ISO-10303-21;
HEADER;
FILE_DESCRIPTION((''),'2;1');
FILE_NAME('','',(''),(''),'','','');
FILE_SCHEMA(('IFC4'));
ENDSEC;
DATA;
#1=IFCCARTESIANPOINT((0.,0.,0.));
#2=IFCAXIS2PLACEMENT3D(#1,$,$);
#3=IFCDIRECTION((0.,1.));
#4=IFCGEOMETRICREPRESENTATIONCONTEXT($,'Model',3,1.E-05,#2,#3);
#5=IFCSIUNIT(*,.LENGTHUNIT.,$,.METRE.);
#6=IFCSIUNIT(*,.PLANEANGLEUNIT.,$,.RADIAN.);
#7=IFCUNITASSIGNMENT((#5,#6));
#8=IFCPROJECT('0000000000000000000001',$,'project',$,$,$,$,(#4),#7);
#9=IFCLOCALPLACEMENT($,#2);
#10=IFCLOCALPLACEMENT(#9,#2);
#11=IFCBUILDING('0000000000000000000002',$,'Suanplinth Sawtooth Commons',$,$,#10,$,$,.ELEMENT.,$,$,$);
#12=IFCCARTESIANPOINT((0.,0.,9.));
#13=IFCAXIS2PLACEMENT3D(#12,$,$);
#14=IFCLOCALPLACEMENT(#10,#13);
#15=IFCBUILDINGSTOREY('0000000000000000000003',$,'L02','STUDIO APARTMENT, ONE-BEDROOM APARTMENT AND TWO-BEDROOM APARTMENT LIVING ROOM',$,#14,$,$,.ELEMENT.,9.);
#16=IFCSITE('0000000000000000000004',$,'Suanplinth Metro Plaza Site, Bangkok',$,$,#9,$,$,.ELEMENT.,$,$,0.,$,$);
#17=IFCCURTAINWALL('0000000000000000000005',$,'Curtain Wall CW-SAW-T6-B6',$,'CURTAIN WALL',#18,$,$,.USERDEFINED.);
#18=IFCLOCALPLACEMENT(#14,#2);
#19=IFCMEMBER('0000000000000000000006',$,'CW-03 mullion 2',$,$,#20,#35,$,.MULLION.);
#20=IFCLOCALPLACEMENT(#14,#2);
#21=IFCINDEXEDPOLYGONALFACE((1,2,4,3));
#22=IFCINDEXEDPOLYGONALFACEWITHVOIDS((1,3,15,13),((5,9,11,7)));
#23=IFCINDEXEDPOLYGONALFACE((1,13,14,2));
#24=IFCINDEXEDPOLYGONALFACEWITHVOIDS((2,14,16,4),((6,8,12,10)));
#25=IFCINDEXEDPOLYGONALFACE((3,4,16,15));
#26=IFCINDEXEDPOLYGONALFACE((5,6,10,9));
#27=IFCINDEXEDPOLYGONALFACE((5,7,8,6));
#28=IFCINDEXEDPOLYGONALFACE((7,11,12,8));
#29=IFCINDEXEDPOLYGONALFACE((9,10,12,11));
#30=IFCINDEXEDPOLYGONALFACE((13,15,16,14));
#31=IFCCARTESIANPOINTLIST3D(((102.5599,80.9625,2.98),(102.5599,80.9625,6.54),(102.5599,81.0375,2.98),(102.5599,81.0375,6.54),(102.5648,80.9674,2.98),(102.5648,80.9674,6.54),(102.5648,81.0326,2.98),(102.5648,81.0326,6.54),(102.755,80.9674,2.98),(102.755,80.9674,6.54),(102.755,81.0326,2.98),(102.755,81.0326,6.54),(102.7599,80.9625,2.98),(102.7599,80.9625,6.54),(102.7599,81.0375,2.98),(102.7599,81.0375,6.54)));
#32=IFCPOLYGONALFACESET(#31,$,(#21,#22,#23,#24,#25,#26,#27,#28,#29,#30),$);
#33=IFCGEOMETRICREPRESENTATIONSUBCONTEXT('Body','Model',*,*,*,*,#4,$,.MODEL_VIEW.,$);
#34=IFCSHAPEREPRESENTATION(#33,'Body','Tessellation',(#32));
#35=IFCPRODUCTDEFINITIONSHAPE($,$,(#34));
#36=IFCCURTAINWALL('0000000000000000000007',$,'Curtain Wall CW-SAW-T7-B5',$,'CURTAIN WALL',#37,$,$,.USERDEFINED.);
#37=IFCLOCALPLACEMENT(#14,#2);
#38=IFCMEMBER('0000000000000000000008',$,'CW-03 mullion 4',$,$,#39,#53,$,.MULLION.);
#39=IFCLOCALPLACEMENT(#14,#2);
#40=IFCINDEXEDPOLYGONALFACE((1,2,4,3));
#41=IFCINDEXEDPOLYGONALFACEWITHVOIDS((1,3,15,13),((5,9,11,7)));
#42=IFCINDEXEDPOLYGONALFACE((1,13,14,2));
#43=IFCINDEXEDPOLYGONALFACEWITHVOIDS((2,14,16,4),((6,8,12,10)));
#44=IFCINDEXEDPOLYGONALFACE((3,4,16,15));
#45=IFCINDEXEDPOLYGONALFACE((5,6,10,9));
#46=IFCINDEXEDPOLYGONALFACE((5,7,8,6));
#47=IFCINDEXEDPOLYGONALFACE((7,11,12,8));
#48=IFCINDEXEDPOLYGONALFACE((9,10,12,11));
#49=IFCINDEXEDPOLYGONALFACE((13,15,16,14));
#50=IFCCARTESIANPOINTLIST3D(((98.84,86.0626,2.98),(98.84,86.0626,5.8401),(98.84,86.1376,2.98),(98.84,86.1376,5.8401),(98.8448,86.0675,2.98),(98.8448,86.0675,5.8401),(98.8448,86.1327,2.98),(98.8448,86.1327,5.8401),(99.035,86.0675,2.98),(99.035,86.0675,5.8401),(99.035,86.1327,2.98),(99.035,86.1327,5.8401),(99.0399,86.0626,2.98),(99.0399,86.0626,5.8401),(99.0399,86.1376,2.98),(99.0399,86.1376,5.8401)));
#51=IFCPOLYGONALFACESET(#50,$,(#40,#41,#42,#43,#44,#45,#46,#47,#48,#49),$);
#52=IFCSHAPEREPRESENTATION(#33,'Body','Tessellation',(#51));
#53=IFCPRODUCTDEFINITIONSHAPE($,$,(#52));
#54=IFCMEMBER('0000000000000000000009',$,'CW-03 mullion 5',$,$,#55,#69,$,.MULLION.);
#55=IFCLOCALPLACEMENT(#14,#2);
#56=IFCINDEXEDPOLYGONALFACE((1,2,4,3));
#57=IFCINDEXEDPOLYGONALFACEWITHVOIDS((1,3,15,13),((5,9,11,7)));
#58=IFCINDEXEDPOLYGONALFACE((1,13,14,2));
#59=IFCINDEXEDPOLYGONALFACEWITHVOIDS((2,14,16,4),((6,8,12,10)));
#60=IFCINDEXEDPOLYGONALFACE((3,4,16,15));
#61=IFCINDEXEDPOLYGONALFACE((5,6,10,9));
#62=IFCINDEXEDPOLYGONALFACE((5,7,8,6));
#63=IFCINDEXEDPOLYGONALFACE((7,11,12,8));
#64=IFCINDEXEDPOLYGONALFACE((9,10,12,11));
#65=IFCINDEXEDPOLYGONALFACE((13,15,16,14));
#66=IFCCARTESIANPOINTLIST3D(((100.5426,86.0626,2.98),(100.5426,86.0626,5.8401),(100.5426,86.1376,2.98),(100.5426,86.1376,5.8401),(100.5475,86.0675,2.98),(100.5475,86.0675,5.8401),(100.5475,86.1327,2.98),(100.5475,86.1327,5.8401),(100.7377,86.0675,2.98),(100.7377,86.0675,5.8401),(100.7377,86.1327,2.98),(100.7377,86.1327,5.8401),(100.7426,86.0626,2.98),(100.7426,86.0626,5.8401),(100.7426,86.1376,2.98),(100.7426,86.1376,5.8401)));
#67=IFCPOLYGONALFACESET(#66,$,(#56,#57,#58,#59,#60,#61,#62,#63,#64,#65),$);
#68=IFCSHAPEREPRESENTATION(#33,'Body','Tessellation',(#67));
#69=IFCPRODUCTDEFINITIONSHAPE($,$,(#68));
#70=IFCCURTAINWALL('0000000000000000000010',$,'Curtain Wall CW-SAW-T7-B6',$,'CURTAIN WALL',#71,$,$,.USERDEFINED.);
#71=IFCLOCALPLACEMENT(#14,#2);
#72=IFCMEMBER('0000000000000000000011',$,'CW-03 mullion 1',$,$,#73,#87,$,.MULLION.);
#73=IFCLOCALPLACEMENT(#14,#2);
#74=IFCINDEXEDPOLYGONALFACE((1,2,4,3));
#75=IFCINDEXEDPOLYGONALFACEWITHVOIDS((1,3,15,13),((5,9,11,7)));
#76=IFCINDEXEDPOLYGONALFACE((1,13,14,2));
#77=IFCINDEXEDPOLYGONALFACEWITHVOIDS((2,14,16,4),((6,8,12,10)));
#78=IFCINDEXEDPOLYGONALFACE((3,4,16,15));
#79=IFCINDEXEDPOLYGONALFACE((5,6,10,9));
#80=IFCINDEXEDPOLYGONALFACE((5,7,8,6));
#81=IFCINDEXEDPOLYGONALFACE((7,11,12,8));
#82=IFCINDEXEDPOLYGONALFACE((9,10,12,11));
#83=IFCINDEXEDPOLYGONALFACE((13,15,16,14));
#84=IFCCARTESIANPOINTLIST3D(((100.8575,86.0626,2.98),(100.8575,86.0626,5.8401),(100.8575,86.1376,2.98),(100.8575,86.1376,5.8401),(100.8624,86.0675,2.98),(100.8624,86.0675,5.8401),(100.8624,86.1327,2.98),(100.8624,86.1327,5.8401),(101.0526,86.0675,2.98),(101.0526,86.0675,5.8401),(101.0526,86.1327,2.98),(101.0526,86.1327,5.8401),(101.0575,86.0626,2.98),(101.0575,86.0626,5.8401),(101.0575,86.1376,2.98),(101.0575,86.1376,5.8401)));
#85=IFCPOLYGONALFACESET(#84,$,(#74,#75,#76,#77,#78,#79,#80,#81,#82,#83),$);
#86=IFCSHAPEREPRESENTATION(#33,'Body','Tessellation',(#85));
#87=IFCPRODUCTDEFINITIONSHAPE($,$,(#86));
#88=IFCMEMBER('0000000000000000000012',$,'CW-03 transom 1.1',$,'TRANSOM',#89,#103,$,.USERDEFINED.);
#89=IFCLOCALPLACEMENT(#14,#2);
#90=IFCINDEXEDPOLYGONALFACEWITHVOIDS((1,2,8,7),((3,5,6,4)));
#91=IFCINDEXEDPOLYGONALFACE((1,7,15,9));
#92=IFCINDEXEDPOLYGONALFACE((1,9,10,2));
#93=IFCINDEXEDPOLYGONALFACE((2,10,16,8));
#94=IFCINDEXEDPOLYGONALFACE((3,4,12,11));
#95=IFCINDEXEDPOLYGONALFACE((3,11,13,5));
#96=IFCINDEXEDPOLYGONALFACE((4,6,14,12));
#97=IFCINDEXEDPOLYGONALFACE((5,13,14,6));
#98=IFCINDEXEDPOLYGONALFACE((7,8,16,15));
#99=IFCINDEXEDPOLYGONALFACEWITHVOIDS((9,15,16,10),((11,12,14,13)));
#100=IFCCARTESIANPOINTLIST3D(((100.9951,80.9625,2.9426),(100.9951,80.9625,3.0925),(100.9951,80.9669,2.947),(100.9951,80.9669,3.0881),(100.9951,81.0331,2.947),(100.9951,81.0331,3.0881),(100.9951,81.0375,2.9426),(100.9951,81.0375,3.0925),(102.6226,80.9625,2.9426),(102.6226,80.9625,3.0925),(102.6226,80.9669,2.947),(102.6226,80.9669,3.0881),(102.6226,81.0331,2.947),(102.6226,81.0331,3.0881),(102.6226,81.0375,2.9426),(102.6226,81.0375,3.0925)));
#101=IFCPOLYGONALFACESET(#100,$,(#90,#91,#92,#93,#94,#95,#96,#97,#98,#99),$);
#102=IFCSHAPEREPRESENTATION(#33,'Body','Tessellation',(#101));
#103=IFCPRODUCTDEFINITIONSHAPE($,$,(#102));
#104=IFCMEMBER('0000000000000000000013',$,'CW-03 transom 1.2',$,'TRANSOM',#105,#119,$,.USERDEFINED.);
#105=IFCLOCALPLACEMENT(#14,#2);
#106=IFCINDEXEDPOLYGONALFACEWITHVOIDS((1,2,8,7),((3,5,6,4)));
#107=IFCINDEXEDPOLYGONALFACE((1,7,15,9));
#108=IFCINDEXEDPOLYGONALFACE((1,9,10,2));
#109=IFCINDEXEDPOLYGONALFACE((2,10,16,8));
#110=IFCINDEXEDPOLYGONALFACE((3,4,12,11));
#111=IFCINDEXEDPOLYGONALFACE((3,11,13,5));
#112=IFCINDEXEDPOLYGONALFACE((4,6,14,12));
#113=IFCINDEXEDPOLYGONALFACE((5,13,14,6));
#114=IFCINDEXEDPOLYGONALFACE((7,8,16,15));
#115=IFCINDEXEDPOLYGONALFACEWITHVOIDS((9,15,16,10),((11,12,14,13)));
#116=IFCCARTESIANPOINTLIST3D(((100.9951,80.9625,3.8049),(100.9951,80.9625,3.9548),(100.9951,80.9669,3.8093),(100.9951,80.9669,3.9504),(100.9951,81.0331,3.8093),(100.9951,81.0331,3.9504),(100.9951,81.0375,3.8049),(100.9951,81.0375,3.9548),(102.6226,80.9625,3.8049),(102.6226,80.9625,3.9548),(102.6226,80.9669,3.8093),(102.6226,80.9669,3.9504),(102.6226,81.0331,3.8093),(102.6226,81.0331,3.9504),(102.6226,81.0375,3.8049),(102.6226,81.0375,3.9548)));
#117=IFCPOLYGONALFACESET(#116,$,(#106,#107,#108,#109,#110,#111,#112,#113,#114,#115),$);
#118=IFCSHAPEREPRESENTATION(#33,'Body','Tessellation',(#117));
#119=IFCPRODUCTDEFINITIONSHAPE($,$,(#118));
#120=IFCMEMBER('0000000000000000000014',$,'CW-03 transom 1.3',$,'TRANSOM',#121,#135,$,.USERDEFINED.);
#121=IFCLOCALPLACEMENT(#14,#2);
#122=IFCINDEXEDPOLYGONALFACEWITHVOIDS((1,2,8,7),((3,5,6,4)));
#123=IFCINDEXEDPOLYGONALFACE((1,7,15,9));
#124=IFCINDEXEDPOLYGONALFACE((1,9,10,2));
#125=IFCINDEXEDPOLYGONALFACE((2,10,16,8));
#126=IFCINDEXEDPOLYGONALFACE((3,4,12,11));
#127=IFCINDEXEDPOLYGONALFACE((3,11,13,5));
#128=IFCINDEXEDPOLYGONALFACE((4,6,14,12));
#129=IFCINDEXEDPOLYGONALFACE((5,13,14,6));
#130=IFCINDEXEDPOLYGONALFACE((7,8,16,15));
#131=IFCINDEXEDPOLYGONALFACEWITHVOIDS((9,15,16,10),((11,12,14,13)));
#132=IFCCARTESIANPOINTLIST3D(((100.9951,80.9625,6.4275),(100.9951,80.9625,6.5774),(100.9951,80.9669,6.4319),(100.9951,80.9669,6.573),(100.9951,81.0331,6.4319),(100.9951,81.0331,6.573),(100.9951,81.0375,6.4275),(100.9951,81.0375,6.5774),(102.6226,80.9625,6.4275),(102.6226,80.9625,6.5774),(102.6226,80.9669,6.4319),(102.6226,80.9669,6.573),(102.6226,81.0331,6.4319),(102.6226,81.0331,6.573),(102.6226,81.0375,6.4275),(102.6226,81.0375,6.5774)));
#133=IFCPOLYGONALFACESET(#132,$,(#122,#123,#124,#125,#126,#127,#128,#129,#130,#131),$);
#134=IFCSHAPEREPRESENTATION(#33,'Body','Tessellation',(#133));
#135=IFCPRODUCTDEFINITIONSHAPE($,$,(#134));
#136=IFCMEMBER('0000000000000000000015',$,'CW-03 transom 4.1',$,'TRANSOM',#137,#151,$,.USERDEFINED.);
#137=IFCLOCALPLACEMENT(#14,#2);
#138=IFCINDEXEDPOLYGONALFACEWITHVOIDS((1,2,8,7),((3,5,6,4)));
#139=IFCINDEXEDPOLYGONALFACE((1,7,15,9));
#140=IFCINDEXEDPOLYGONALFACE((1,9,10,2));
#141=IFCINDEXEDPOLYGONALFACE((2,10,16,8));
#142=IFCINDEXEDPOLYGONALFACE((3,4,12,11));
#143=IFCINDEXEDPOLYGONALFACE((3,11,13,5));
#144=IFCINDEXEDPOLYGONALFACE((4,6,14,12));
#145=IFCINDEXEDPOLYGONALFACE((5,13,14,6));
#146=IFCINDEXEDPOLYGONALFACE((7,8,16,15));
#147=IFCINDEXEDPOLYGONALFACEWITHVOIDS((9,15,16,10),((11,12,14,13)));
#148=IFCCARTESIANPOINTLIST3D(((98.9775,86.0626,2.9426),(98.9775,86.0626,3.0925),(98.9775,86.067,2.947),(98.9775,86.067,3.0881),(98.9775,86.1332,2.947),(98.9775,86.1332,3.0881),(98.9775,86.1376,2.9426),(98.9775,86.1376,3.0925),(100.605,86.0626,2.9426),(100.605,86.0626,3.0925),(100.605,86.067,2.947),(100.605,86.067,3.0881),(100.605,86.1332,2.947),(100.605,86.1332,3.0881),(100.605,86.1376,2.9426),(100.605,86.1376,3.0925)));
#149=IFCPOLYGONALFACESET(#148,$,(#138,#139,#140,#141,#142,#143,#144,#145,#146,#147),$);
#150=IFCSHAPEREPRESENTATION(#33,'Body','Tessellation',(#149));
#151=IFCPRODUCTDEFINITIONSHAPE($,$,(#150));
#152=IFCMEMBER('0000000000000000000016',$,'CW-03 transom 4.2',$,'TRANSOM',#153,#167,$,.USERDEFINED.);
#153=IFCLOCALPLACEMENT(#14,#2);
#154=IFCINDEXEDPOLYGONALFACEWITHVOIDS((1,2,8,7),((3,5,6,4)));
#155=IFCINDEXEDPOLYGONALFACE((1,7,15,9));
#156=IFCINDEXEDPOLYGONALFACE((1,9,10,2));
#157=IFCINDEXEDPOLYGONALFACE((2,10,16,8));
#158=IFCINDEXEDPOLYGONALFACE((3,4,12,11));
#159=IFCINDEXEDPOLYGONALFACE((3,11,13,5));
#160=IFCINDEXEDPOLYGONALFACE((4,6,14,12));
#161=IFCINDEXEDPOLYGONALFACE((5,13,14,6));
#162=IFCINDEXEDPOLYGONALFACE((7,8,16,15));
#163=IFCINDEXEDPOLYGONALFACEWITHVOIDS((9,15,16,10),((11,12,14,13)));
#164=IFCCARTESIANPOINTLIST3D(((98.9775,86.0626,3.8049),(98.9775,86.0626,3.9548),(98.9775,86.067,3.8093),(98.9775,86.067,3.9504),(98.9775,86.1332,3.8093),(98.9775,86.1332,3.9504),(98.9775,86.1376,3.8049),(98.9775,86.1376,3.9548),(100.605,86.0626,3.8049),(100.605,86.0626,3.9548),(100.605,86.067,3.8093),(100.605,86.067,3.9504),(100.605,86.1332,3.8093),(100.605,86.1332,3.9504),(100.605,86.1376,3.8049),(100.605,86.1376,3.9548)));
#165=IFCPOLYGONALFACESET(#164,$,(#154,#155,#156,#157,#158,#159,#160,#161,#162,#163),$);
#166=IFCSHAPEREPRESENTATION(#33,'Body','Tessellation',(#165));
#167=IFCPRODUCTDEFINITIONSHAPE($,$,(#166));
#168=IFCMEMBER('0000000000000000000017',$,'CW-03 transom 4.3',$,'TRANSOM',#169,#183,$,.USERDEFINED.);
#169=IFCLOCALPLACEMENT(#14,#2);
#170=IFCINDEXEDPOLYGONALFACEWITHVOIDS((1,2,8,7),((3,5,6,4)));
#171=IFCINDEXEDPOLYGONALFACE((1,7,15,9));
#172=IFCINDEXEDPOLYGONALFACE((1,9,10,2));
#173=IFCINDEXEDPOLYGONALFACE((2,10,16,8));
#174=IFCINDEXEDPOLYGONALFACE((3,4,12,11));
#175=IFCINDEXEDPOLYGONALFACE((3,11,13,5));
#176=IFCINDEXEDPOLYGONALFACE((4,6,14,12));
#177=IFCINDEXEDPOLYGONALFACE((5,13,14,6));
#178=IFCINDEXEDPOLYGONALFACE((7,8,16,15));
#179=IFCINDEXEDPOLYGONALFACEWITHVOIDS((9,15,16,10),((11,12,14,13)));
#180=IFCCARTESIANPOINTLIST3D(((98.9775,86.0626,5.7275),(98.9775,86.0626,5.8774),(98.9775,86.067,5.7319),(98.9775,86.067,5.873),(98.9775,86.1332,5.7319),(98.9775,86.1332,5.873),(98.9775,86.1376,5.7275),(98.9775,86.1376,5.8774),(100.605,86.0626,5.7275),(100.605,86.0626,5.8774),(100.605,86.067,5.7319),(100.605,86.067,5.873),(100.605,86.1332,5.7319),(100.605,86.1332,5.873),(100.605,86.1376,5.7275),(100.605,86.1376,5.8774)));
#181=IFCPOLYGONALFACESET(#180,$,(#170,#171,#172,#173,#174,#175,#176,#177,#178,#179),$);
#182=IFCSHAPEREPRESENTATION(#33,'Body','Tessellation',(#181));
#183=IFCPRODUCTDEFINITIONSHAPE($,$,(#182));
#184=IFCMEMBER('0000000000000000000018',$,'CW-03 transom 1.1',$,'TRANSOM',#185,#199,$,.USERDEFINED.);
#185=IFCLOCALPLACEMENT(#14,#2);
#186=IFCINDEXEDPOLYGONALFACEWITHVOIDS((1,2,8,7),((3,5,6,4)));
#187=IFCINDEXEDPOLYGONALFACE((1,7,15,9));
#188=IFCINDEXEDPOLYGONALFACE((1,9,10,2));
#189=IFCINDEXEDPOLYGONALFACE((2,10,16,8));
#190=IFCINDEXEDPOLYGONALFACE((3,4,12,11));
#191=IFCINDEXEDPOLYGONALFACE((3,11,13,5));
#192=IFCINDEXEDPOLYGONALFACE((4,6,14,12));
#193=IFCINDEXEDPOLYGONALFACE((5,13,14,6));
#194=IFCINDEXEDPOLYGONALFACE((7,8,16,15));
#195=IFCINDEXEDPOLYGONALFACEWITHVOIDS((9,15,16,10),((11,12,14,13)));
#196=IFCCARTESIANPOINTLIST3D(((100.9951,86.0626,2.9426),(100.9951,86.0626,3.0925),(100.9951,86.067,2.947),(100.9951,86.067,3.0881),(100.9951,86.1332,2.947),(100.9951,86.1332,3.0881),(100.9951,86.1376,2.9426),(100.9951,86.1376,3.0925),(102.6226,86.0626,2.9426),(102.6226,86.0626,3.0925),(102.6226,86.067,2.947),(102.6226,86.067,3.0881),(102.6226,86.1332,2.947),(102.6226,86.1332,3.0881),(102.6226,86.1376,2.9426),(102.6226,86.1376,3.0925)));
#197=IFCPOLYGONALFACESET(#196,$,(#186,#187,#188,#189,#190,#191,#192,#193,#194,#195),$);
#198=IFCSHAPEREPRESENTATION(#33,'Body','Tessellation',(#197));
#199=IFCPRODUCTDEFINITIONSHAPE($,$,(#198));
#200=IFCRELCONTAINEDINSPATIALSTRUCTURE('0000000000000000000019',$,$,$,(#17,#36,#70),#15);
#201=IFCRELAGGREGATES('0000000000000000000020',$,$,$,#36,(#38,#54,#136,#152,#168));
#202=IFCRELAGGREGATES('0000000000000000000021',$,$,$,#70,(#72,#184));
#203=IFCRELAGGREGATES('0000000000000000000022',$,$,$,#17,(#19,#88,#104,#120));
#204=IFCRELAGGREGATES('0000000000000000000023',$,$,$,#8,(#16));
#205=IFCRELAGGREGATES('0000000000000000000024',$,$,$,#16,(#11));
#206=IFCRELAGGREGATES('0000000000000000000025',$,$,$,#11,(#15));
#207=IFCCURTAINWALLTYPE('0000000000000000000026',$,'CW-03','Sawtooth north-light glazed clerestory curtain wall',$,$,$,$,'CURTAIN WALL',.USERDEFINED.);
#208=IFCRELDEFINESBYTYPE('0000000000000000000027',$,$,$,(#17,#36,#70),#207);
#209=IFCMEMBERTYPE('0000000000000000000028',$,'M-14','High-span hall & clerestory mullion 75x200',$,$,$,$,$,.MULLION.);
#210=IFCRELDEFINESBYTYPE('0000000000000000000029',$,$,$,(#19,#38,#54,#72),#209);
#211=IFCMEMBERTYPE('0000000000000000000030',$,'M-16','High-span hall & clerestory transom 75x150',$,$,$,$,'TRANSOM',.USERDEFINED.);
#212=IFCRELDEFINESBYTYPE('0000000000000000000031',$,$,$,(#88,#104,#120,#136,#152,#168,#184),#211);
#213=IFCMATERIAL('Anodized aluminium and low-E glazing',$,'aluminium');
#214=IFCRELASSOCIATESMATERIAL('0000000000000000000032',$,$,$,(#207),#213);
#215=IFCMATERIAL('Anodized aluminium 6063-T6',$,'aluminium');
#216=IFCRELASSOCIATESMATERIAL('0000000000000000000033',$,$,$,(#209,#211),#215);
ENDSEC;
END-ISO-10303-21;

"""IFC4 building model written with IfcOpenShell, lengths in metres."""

from ifc_helpers import new_model, si_unit, direction, frame, origin, origin_2d, place, context, subcontext, project, spatial, hollow_rectangle, extrude, material, material_profile, profile_set, type_object, element, aggregate, save


model = new_model("IFC4")

# Units and contexts
model_context = context("Model", 3, precision=1e-05, world=origin(), true_north=direction((0.0, 1.0)))
body_context = subcontext(model_context, "Body", "Model", "MODEL_VIEW")
ifc_project = project(units=[si_unit("LENGTHUNIT", "METRE"), si_unit("PLANEANGLEUNIT", "RADIAN")], contexts=[model_context])

# Site, building, storey
site_placement = place(None, origin())
site = spatial("IfcSite", under=ifc_project, at=site_placement, Name="Suanplinth Metro Plaza Site, Bangkok", CompositionType="ELEMENT", RefElevation=0.0)
building_placement = place(site_placement, origin())
building = spatial("IfcBuilding", under=site, at=building_placement, Name="Suanplinth Sawtooth Commons", CompositionType="ELEMENT")
storey_placement = place(building_placement, frame((0.0, 0.0, 9.0)))
storey = spatial("IfcBuildingStorey", under=building, at=storey_placement, Name="L02", Description="STUDIO APARTMENT, ONE-BEDROOM APARTMENT AND TWO-BEDROOM APARTMENT LIVING ROOM", CompositionType="ELEMENT", Elevation=9.0)

# Curtain walls, members
ifc_material_1 = material(Name="Anodized aluminium and low-E glazing", Category="aluminium")
curtain_wall_type = type_object("IfcCurtainWallType", Name="CW-03", Description="Sawtooth north-light glazed clerestory curtain wall", ElementType="CURTAIN WALL", PredefinedType="USERDEFINED", material=ifc_material_1)
curtain_wall_1_placement = place(storey_placement, origin())
curtain_wall_1 = element("IfcCurtainWall", 1, at=curtain_wall_1_placement, inside=storey, type_object=curtain_wall_type, Name="Curtain Wall CW-SAW-T6-B6", ObjectType="CURTAIN WALL", PredefinedType="USERDEFINED")
ifc_material_2 = material(Name="Anodized aluminium 6063-T6", Category="aluminium")
ifc_material_profile_1 = material_profile(ifc_material_2, hollow_rectangle(XDim=0.075, YDim=0.2, WallThickness=0.0049, at=origin_2d()), Name="ALU-MUL 75x200")
ifc_profile_set_1 = profile_set([ifc_material_profile_1], Name="Anodized aluminium 6063-T6")
member_type_1 = type_object("IfcMemberType", Name="M-14", Description="High-span hall & clerestory mullion 75x200", PredefinedType="MULLION", material=ifc_profile_set_1)
member_1_placement = place(storey_placement, frame((102.6599, 81.0, 2.98), z_axis=(0.0, 0.0, 1.0), x_axis=(0.0, 1.0, 0.0)))
member_1 = element("IfcMember", 2, at=member_1_placement, type_object=member_type_1, Name="CW-03 mullion 2", PredefinedType="MULLION", context=body_context, shape_type="SweptSolid", body=[
    extrude(hollow_rectangle(XDim=0.075, YDim=0.2, WallThickness=0.0049, at=origin_2d()), origin(), (0.0, 0.0, 1.0), 3.5601),
])
curtain_wall_2_placement = place(storey_placement, origin())
curtain_wall_2 = element("IfcCurtainWall", 3, at=curtain_wall_2_placement, inside=storey, type_object=curtain_wall_type, Name="Curtain Wall CW-SAW-T7-B5", ObjectType="CURTAIN WALL", PredefinedType="USERDEFINED")
member_2_placement = place(storey_placement, frame((98.9399, 86.1001, 2.98), z_axis=(0.0, 0.0, 1.0), x_axis=(0.0, 1.0, 0.0)))
member_2 = element("IfcMember", 4, at=member_2_placement, type_object=member_type_1, Name="CW-03 mullion 4", PredefinedType="MULLION", context=body_context, shape_type="SweptSolid", body=[
    extrude(hollow_rectangle(XDim=0.075, YDim=0.2, WallThickness=0.0049, at=origin_2d()), origin(), (0.0, 0.0, 1.0), 2.8601),
])
member_3_placement = place(storey_placement, frame((100.6426, 86.1001, 2.98), z_axis=(0.0, 0.0, 1.0), x_axis=(0.0, 1.0, 0.0)))
member_3 = element("IfcMember", 5, at=member_3_placement, type_object=member_type_1, Name="CW-03 mullion 5", PredefinedType="MULLION", context=body_context, shape_type="SweptSolid", body=[
    extrude(hollow_rectangle(XDim=0.075, YDim=0.2, WallThickness=0.0049, at=origin_2d()), origin(), (0.0, 0.0, 1.0), 2.8601),
])

# Curtain wall, member
curtain_wall_3_placement = place(storey_placement, origin())
curtain_wall_3 = element("IfcCurtainWall", 6, at=curtain_wall_3_placement, inside=storey, type_object=curtain_wall_type, Name="Curtain Wall CW-SAW-T7-B6", ObjectType="CURTAIN WALL", PredefinedType="USERDEFINED")
member_4_placement = place(storey_placement, frame((100.9575, 86.1001, 2.98), z_axis=(0.0, 0.0, 1.0), x_axis=(0.0, 1.0, 0.0)))
member_4 = element("IfcMember", 7, at=member_4_placement, type_object=member_type_1, Name="CW-03 mullion 1", PredefinedType="MULLION", context=body_context, shape_type="SweptSolid", body=[
    extrude(hollow_rectangle(XDim=0.075, YDim=0.2, WallThickness=0.0049, at=origin_2d()), origin(), (0.0, 0.0, 1.0), 2.8601),
])

# Members
ifc_material_profile_2 = material_profile(ifc_material_2, hollow_rectangle(XDim=0.075, YDim=0.1499, WallThickness=0.0044, at=origin_2d()), Name="ALU-TRN 75x150")
ifc_profile_set_2 = profile_set([ifc_material_profile_2], Name="Anodized aluminium 6063-T6")
member_type_2 = type_object("IfcMemberType", Name="M-16", Description="High-span hall & clerestory transom 75x150", ElementType="TRANSOM", PredefinedType="USERDEFINED", material=ifc_profile_set_2)
member_5_placement = place(storey_placement, frame((100.9951, 81.0, 3.0176), z_axis=(1.0, 0.0, 0.0), x_axis=(0.0, 1.0, 0.0)))
member_5 = element("IfcMember", 8, at=member_5_placement, type_object=member_type_2, Name="CW-03 transom 1.1", ObjectType="TRANSOM", PredefinedType="USERDEFINED", context=body_context, shape_type="SweptSolid", body=[
    extrude(hollow_rectangle(XDim=0.075, YDim=0.1499, WallThickness=0.0044, at=origin_2d()), origin(), (0.0, 0.0, 1.0), 1.6274),
])
member_6_placement = place(storey_placement, frame((100.9951, 81.0, 3.8799), z_axis=(1.0, 0.0, 0.0), x_axis=(0.0, 1.0, 0.0)))
member_6 = element("IfcMember", 9, at=member_6_placement, type_object=member_type_2, Name="CW-03 transom 1.2", ObjectType="TRANSOM", PredefinedType="USERDEFINED", context=body_context, shape_type="SweptSolid", body=[
    extrude(hollow_rectangle(XDim=0.075, YDim=0.1499, WallThickness=0.0044, at=origin_2d()), origin(), (0.0, 0.0, 1.0), 1.6274),
])
member_7_placement = place(storey_placement, frame((100.9951, 81.0, 6.5024), z_axis=(1.0, 0.0, 0.0), x_axis=(0.0, 1.0, 0.0)))
member_7 = element("IfcMember", 10, at=member_7_placement, type_object=member_type_2, Name="CW-03 transom 1.3", ObjectType="TRANSOM", PredefinedType="USERDEFINED", context=body_context, shape_type="SweptSolid", body=[
    extrude(hollow_rectangle(XDim=0.075, YDim=0.1499, WallThickness=0.0044, at=origin_2d()), origin(), (0.0, 0.0, 1.0), 1.6274),
])
member_8_placement = place(storey_placement, frame((98.9775, 86.1001, 3.0176), z_axis=(1.0, 0.0, 0.0), x_axis=(0.0, 1.0, 0.0)))
member_8 = element("IfcMember", 11, at=member_8_placement, type_object=member_type_2, Name="CW-03 transom 4.1", ObjectType="TRANSOM", PredefinedType="USERDEFINED", context=body_context, shape_type="SweptSolid", body=[
    extrude(hollow_rectangle(XDim=0.075, YDim=0.1499, WallThickness=0.0044, at=origin_2d()), origin(), (0.0, 0.0, 1.0), 1.6274),
])
member_9_placement = place(storey_placement, frame((98.9775, 86.1001, 3.8799), z_axis=(1.0, 0.0, 0.0), x_axis=(0.0, 1.0, 0.0)))
member_9 = element("IfcMember", 12, at=member_9_placement, type_object=member_type_2, Name="CW-03 transom 4.2", ObjectType="TRANSOM", PredefinedType="USERDEFINED", context=body_context, shape_type="SweptSolid", body=[
    extrude(hollow_rectangle(XDim=0.075, YDim=0.1499, WallThickness=0.0044, at=origin_2d()), origin(), (0.0, 0.0, 1.0), 1.6274),
])
member_10_placement = place(storey_placement, frame((98.9775, 86.1001, 5.8025), z_axis=(1.0, 0.0, 0.0), x_axis=(0.0, 1.0, 0.0)))
member_10 = element("IfcMember", 13, at=member_10_placement, type_object=member_type_2, Name="CW-03 transom 4.3", ObjectType="TRANSOM", PredefinedType="USERDEFINED", context=body_context, shape_type="SweptSolid", body=[
    extrude(hollow_rectangle(XDim=0.075, YDim=0.1499, WallThickness=0.0044, at=origin_2d()), origin(), (0.0, 0.0, 1.0), 1.6274),
])
member_11_placement = place(storey_placement, frame((100.9951, 86.1001, 3.0176), z_axis=(1.0, 0.0, 0.0), x_axis=(0.0, 1.0, 0.0)))
member_11 = element("IfcMember", 14, at=member_11_placement, type_object=member_type_2, Name="CW-03 transom 1.1", ObjectType="TRANSOM", PredefinedType="USERDEFINED", context=body_context, shape_type="SweptSolid", body=[
    extrude(hollow_rectangle(XDim=0.075, YDim=0.1499, WallThickness=0.0044, at=origin_2d()), origin(), (0.0, 0.0, 1.0), 1.6274),
])

aggregate(curtain_wall_2, [member_2, member_3, member_8, member_9, member_10])
aggregate(curtain_wall_3, [member_4, member_11])
aggregate(curtain_wall_1, [member_1, member_5, member_6, member_7])

save(model, "model.ifc")
